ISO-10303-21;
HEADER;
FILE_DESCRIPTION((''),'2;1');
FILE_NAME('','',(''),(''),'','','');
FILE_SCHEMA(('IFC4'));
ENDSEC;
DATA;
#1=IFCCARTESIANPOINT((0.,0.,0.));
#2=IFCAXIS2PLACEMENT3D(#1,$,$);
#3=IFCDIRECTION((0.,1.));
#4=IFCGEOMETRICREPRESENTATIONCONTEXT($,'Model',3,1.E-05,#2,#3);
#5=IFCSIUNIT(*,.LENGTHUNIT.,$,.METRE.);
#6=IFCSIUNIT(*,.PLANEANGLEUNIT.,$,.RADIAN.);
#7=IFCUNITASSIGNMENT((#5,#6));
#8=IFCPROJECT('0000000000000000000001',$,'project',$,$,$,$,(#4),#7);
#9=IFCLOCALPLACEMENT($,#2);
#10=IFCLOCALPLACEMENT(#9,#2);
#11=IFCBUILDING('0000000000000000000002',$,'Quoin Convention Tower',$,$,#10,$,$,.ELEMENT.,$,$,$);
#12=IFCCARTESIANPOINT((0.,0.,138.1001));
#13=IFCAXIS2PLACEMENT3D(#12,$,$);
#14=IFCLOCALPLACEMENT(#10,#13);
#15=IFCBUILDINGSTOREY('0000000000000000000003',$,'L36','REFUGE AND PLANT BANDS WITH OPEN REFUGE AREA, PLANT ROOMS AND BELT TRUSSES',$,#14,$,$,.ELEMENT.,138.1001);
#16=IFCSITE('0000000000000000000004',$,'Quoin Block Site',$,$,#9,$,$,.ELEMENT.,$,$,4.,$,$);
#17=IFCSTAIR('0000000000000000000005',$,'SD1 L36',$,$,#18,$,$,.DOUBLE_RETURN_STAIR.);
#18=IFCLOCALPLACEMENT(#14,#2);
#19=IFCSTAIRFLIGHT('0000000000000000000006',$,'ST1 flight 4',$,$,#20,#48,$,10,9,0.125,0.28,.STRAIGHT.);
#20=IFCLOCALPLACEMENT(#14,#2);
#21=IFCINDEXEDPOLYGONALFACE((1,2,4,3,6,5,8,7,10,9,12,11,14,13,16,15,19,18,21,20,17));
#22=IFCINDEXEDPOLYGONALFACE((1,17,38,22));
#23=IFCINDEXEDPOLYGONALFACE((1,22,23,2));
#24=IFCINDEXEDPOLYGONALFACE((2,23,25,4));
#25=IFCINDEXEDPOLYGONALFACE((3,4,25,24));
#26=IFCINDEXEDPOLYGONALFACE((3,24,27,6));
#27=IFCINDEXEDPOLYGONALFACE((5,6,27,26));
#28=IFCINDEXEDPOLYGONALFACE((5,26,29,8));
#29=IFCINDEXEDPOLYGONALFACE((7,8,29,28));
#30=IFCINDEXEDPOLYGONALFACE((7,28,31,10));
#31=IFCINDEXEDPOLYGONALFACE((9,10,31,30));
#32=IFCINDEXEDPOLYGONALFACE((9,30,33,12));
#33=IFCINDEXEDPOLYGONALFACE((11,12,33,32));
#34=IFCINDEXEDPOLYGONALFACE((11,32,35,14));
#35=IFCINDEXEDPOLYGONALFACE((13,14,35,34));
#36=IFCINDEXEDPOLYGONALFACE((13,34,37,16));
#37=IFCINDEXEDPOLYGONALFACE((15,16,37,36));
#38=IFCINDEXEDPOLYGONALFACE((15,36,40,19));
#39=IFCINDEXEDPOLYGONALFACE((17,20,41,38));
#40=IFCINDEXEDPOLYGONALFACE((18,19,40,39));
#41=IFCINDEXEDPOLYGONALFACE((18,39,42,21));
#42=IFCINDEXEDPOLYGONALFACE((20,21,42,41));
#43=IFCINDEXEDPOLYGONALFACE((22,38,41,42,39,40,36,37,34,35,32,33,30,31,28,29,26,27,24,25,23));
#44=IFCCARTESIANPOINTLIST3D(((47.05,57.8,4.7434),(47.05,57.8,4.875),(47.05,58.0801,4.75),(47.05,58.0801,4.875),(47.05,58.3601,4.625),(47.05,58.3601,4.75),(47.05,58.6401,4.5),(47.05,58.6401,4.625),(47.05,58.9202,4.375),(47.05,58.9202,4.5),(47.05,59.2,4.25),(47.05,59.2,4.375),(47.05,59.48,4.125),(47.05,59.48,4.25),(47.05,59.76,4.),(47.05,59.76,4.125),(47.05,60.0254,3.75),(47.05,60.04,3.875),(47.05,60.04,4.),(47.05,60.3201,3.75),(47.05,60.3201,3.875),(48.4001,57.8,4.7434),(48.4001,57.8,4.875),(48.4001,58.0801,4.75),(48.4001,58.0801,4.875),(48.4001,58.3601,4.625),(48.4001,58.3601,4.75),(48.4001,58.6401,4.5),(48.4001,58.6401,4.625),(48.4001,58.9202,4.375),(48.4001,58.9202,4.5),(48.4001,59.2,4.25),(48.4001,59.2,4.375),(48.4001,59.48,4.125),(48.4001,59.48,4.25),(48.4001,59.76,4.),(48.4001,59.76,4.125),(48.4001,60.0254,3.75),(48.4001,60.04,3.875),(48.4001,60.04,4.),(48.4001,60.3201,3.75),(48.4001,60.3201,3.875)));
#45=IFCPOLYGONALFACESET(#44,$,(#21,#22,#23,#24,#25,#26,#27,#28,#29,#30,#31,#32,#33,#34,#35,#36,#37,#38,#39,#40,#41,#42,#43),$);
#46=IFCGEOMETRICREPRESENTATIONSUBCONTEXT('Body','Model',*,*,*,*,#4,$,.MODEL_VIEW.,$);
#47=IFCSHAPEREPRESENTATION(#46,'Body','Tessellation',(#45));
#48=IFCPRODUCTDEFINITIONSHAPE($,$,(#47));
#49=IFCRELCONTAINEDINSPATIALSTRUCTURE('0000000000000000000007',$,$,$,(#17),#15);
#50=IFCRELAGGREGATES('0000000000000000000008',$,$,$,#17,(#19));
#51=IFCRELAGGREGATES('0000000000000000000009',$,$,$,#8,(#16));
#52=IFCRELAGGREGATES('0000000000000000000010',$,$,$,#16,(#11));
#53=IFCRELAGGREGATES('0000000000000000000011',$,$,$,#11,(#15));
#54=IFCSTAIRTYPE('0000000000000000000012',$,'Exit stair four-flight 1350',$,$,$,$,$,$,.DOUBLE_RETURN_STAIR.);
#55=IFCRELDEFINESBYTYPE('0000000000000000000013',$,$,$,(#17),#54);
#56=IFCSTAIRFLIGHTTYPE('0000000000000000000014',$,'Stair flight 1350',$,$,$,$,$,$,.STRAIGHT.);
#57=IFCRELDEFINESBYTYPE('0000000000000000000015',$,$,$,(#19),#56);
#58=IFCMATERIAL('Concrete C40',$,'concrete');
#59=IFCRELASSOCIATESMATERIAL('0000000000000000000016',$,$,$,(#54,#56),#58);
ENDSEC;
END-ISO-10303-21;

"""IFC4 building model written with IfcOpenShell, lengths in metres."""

from ifc_helpers import new_model, si_unit, direction, frame, origin, place, context, subcontext, project, spatial, polyline, outline, extrude, material, type_object, element, aggregate, save


model = new_model("IFC4")

# Units and contexts
model_context = context("Model", 3, precision=1e-05, world=origin(), true_north=direction((0.0, 1.0)))
body_context = subcontext(model_context, "Body", "Model", "MODEL_VIEW")
ifc_project = project(units=[si_unit("LENGTHUNIT", "METRE"), si_unit("PLANEANGLEUNIT", "RADIAN")], contexts=[model_context])

# Site, building, storey
site_placement = place(None, origin())
site = spatial("IfcSite", under=ifc_project, at=site_placement, Name="Quoin Block Site", CompositionType="ELEMENT", RefElevation=4.0)
building_placement = place(site_placement, origin())
building = spatial("IfcBuilding", under=site, at=building_placement, Name="Quoin Convention Tower", CompositionType="ELEMENT")
storey_placement = place(building_placement, frame((0.0, 0.0, 138.1001)))
storey = spatial("IfcBuildingStorey", under=building, at=storey_placement, Name="L36", Description="REFUGE AND PLANT BANDS WITH OPEN REFUGE AREA, PLANT ROOMS AND BELT TRUSSES", CompositionType="ELEMENT", Elevation=138.1001)

# Stair, stair flight
ifc_material_1 = material(Name="Concrete C40", Category="concrete")
stair_type = type_object("IfcStairType", Name="Exit stair four-flight 1350", PredefinedType="DOUBLE_RETURN_STAIR", material=ifc_material_1)
stair_placement = place(storey_placement, origin())
stair = element("IfcStair", 1, at=stair_placement, inside=storey, type_object=stair_type, Name="SD1 L36", PredefinedType="DOUBLE_RETURN_STAIR")
stair_flight_type = type_object("IfcStairFlightType", Name="Stair flight 1350", PredefinedType="STRAIGHT", material=ifc_material_1)
stair_flight_1_placement = place(storey_placement, frame((47.7251, 60.3201, 3.75), z_axis=(0.0, 0.0, 1.0), x_axis=(0.0, -1.0, 0.0)))
stair_flight_1 = element("IfcStairFlight", 2, at=stair_flight_1_placement, type_object=stair_flight_type, Name="ST1 flight 4", NumberOfRisers=10, NumberOfTreads=9, PredefinedType="STRAIGHT", RiserHeight=0.125, TreadLength=0.28, context=body_context, shape_type="SweptSolid", body=[
    extrude(outline(polyline([(0.0, 0.0), (0.0, 0.125), (0.28, 0.125), (0.28, 0.25), (0.5601, 0.25), (0.5601, 0.375), (0.8401, 0.375), (0.8401, 0.5), (1.1201, 0.5), (1.1201, 0.625), (1.3999, 0.625), (1.3999, 0.75), (1.6799, 0.75), (1.6799, 0.875), (1.96, 0.875), (1.96, 1.0), (2.24, 1.0), (2.24, 1.125), (2.52, 1.125), (2.52, 1.25), (2.52, 0.9934), (0.2947, 0.0), (0.0, 0.0)])), frame((0.0, 0.675, 0.0), z_axis=(0.0, -1.0, 0.0), x_axis=(1.0, 0.0, 0.0)), (0.0, 0.0, 1.0), 1.3501),
])
aggregate(stair, [stair_flight_1])

save(model, "model.ifc")
